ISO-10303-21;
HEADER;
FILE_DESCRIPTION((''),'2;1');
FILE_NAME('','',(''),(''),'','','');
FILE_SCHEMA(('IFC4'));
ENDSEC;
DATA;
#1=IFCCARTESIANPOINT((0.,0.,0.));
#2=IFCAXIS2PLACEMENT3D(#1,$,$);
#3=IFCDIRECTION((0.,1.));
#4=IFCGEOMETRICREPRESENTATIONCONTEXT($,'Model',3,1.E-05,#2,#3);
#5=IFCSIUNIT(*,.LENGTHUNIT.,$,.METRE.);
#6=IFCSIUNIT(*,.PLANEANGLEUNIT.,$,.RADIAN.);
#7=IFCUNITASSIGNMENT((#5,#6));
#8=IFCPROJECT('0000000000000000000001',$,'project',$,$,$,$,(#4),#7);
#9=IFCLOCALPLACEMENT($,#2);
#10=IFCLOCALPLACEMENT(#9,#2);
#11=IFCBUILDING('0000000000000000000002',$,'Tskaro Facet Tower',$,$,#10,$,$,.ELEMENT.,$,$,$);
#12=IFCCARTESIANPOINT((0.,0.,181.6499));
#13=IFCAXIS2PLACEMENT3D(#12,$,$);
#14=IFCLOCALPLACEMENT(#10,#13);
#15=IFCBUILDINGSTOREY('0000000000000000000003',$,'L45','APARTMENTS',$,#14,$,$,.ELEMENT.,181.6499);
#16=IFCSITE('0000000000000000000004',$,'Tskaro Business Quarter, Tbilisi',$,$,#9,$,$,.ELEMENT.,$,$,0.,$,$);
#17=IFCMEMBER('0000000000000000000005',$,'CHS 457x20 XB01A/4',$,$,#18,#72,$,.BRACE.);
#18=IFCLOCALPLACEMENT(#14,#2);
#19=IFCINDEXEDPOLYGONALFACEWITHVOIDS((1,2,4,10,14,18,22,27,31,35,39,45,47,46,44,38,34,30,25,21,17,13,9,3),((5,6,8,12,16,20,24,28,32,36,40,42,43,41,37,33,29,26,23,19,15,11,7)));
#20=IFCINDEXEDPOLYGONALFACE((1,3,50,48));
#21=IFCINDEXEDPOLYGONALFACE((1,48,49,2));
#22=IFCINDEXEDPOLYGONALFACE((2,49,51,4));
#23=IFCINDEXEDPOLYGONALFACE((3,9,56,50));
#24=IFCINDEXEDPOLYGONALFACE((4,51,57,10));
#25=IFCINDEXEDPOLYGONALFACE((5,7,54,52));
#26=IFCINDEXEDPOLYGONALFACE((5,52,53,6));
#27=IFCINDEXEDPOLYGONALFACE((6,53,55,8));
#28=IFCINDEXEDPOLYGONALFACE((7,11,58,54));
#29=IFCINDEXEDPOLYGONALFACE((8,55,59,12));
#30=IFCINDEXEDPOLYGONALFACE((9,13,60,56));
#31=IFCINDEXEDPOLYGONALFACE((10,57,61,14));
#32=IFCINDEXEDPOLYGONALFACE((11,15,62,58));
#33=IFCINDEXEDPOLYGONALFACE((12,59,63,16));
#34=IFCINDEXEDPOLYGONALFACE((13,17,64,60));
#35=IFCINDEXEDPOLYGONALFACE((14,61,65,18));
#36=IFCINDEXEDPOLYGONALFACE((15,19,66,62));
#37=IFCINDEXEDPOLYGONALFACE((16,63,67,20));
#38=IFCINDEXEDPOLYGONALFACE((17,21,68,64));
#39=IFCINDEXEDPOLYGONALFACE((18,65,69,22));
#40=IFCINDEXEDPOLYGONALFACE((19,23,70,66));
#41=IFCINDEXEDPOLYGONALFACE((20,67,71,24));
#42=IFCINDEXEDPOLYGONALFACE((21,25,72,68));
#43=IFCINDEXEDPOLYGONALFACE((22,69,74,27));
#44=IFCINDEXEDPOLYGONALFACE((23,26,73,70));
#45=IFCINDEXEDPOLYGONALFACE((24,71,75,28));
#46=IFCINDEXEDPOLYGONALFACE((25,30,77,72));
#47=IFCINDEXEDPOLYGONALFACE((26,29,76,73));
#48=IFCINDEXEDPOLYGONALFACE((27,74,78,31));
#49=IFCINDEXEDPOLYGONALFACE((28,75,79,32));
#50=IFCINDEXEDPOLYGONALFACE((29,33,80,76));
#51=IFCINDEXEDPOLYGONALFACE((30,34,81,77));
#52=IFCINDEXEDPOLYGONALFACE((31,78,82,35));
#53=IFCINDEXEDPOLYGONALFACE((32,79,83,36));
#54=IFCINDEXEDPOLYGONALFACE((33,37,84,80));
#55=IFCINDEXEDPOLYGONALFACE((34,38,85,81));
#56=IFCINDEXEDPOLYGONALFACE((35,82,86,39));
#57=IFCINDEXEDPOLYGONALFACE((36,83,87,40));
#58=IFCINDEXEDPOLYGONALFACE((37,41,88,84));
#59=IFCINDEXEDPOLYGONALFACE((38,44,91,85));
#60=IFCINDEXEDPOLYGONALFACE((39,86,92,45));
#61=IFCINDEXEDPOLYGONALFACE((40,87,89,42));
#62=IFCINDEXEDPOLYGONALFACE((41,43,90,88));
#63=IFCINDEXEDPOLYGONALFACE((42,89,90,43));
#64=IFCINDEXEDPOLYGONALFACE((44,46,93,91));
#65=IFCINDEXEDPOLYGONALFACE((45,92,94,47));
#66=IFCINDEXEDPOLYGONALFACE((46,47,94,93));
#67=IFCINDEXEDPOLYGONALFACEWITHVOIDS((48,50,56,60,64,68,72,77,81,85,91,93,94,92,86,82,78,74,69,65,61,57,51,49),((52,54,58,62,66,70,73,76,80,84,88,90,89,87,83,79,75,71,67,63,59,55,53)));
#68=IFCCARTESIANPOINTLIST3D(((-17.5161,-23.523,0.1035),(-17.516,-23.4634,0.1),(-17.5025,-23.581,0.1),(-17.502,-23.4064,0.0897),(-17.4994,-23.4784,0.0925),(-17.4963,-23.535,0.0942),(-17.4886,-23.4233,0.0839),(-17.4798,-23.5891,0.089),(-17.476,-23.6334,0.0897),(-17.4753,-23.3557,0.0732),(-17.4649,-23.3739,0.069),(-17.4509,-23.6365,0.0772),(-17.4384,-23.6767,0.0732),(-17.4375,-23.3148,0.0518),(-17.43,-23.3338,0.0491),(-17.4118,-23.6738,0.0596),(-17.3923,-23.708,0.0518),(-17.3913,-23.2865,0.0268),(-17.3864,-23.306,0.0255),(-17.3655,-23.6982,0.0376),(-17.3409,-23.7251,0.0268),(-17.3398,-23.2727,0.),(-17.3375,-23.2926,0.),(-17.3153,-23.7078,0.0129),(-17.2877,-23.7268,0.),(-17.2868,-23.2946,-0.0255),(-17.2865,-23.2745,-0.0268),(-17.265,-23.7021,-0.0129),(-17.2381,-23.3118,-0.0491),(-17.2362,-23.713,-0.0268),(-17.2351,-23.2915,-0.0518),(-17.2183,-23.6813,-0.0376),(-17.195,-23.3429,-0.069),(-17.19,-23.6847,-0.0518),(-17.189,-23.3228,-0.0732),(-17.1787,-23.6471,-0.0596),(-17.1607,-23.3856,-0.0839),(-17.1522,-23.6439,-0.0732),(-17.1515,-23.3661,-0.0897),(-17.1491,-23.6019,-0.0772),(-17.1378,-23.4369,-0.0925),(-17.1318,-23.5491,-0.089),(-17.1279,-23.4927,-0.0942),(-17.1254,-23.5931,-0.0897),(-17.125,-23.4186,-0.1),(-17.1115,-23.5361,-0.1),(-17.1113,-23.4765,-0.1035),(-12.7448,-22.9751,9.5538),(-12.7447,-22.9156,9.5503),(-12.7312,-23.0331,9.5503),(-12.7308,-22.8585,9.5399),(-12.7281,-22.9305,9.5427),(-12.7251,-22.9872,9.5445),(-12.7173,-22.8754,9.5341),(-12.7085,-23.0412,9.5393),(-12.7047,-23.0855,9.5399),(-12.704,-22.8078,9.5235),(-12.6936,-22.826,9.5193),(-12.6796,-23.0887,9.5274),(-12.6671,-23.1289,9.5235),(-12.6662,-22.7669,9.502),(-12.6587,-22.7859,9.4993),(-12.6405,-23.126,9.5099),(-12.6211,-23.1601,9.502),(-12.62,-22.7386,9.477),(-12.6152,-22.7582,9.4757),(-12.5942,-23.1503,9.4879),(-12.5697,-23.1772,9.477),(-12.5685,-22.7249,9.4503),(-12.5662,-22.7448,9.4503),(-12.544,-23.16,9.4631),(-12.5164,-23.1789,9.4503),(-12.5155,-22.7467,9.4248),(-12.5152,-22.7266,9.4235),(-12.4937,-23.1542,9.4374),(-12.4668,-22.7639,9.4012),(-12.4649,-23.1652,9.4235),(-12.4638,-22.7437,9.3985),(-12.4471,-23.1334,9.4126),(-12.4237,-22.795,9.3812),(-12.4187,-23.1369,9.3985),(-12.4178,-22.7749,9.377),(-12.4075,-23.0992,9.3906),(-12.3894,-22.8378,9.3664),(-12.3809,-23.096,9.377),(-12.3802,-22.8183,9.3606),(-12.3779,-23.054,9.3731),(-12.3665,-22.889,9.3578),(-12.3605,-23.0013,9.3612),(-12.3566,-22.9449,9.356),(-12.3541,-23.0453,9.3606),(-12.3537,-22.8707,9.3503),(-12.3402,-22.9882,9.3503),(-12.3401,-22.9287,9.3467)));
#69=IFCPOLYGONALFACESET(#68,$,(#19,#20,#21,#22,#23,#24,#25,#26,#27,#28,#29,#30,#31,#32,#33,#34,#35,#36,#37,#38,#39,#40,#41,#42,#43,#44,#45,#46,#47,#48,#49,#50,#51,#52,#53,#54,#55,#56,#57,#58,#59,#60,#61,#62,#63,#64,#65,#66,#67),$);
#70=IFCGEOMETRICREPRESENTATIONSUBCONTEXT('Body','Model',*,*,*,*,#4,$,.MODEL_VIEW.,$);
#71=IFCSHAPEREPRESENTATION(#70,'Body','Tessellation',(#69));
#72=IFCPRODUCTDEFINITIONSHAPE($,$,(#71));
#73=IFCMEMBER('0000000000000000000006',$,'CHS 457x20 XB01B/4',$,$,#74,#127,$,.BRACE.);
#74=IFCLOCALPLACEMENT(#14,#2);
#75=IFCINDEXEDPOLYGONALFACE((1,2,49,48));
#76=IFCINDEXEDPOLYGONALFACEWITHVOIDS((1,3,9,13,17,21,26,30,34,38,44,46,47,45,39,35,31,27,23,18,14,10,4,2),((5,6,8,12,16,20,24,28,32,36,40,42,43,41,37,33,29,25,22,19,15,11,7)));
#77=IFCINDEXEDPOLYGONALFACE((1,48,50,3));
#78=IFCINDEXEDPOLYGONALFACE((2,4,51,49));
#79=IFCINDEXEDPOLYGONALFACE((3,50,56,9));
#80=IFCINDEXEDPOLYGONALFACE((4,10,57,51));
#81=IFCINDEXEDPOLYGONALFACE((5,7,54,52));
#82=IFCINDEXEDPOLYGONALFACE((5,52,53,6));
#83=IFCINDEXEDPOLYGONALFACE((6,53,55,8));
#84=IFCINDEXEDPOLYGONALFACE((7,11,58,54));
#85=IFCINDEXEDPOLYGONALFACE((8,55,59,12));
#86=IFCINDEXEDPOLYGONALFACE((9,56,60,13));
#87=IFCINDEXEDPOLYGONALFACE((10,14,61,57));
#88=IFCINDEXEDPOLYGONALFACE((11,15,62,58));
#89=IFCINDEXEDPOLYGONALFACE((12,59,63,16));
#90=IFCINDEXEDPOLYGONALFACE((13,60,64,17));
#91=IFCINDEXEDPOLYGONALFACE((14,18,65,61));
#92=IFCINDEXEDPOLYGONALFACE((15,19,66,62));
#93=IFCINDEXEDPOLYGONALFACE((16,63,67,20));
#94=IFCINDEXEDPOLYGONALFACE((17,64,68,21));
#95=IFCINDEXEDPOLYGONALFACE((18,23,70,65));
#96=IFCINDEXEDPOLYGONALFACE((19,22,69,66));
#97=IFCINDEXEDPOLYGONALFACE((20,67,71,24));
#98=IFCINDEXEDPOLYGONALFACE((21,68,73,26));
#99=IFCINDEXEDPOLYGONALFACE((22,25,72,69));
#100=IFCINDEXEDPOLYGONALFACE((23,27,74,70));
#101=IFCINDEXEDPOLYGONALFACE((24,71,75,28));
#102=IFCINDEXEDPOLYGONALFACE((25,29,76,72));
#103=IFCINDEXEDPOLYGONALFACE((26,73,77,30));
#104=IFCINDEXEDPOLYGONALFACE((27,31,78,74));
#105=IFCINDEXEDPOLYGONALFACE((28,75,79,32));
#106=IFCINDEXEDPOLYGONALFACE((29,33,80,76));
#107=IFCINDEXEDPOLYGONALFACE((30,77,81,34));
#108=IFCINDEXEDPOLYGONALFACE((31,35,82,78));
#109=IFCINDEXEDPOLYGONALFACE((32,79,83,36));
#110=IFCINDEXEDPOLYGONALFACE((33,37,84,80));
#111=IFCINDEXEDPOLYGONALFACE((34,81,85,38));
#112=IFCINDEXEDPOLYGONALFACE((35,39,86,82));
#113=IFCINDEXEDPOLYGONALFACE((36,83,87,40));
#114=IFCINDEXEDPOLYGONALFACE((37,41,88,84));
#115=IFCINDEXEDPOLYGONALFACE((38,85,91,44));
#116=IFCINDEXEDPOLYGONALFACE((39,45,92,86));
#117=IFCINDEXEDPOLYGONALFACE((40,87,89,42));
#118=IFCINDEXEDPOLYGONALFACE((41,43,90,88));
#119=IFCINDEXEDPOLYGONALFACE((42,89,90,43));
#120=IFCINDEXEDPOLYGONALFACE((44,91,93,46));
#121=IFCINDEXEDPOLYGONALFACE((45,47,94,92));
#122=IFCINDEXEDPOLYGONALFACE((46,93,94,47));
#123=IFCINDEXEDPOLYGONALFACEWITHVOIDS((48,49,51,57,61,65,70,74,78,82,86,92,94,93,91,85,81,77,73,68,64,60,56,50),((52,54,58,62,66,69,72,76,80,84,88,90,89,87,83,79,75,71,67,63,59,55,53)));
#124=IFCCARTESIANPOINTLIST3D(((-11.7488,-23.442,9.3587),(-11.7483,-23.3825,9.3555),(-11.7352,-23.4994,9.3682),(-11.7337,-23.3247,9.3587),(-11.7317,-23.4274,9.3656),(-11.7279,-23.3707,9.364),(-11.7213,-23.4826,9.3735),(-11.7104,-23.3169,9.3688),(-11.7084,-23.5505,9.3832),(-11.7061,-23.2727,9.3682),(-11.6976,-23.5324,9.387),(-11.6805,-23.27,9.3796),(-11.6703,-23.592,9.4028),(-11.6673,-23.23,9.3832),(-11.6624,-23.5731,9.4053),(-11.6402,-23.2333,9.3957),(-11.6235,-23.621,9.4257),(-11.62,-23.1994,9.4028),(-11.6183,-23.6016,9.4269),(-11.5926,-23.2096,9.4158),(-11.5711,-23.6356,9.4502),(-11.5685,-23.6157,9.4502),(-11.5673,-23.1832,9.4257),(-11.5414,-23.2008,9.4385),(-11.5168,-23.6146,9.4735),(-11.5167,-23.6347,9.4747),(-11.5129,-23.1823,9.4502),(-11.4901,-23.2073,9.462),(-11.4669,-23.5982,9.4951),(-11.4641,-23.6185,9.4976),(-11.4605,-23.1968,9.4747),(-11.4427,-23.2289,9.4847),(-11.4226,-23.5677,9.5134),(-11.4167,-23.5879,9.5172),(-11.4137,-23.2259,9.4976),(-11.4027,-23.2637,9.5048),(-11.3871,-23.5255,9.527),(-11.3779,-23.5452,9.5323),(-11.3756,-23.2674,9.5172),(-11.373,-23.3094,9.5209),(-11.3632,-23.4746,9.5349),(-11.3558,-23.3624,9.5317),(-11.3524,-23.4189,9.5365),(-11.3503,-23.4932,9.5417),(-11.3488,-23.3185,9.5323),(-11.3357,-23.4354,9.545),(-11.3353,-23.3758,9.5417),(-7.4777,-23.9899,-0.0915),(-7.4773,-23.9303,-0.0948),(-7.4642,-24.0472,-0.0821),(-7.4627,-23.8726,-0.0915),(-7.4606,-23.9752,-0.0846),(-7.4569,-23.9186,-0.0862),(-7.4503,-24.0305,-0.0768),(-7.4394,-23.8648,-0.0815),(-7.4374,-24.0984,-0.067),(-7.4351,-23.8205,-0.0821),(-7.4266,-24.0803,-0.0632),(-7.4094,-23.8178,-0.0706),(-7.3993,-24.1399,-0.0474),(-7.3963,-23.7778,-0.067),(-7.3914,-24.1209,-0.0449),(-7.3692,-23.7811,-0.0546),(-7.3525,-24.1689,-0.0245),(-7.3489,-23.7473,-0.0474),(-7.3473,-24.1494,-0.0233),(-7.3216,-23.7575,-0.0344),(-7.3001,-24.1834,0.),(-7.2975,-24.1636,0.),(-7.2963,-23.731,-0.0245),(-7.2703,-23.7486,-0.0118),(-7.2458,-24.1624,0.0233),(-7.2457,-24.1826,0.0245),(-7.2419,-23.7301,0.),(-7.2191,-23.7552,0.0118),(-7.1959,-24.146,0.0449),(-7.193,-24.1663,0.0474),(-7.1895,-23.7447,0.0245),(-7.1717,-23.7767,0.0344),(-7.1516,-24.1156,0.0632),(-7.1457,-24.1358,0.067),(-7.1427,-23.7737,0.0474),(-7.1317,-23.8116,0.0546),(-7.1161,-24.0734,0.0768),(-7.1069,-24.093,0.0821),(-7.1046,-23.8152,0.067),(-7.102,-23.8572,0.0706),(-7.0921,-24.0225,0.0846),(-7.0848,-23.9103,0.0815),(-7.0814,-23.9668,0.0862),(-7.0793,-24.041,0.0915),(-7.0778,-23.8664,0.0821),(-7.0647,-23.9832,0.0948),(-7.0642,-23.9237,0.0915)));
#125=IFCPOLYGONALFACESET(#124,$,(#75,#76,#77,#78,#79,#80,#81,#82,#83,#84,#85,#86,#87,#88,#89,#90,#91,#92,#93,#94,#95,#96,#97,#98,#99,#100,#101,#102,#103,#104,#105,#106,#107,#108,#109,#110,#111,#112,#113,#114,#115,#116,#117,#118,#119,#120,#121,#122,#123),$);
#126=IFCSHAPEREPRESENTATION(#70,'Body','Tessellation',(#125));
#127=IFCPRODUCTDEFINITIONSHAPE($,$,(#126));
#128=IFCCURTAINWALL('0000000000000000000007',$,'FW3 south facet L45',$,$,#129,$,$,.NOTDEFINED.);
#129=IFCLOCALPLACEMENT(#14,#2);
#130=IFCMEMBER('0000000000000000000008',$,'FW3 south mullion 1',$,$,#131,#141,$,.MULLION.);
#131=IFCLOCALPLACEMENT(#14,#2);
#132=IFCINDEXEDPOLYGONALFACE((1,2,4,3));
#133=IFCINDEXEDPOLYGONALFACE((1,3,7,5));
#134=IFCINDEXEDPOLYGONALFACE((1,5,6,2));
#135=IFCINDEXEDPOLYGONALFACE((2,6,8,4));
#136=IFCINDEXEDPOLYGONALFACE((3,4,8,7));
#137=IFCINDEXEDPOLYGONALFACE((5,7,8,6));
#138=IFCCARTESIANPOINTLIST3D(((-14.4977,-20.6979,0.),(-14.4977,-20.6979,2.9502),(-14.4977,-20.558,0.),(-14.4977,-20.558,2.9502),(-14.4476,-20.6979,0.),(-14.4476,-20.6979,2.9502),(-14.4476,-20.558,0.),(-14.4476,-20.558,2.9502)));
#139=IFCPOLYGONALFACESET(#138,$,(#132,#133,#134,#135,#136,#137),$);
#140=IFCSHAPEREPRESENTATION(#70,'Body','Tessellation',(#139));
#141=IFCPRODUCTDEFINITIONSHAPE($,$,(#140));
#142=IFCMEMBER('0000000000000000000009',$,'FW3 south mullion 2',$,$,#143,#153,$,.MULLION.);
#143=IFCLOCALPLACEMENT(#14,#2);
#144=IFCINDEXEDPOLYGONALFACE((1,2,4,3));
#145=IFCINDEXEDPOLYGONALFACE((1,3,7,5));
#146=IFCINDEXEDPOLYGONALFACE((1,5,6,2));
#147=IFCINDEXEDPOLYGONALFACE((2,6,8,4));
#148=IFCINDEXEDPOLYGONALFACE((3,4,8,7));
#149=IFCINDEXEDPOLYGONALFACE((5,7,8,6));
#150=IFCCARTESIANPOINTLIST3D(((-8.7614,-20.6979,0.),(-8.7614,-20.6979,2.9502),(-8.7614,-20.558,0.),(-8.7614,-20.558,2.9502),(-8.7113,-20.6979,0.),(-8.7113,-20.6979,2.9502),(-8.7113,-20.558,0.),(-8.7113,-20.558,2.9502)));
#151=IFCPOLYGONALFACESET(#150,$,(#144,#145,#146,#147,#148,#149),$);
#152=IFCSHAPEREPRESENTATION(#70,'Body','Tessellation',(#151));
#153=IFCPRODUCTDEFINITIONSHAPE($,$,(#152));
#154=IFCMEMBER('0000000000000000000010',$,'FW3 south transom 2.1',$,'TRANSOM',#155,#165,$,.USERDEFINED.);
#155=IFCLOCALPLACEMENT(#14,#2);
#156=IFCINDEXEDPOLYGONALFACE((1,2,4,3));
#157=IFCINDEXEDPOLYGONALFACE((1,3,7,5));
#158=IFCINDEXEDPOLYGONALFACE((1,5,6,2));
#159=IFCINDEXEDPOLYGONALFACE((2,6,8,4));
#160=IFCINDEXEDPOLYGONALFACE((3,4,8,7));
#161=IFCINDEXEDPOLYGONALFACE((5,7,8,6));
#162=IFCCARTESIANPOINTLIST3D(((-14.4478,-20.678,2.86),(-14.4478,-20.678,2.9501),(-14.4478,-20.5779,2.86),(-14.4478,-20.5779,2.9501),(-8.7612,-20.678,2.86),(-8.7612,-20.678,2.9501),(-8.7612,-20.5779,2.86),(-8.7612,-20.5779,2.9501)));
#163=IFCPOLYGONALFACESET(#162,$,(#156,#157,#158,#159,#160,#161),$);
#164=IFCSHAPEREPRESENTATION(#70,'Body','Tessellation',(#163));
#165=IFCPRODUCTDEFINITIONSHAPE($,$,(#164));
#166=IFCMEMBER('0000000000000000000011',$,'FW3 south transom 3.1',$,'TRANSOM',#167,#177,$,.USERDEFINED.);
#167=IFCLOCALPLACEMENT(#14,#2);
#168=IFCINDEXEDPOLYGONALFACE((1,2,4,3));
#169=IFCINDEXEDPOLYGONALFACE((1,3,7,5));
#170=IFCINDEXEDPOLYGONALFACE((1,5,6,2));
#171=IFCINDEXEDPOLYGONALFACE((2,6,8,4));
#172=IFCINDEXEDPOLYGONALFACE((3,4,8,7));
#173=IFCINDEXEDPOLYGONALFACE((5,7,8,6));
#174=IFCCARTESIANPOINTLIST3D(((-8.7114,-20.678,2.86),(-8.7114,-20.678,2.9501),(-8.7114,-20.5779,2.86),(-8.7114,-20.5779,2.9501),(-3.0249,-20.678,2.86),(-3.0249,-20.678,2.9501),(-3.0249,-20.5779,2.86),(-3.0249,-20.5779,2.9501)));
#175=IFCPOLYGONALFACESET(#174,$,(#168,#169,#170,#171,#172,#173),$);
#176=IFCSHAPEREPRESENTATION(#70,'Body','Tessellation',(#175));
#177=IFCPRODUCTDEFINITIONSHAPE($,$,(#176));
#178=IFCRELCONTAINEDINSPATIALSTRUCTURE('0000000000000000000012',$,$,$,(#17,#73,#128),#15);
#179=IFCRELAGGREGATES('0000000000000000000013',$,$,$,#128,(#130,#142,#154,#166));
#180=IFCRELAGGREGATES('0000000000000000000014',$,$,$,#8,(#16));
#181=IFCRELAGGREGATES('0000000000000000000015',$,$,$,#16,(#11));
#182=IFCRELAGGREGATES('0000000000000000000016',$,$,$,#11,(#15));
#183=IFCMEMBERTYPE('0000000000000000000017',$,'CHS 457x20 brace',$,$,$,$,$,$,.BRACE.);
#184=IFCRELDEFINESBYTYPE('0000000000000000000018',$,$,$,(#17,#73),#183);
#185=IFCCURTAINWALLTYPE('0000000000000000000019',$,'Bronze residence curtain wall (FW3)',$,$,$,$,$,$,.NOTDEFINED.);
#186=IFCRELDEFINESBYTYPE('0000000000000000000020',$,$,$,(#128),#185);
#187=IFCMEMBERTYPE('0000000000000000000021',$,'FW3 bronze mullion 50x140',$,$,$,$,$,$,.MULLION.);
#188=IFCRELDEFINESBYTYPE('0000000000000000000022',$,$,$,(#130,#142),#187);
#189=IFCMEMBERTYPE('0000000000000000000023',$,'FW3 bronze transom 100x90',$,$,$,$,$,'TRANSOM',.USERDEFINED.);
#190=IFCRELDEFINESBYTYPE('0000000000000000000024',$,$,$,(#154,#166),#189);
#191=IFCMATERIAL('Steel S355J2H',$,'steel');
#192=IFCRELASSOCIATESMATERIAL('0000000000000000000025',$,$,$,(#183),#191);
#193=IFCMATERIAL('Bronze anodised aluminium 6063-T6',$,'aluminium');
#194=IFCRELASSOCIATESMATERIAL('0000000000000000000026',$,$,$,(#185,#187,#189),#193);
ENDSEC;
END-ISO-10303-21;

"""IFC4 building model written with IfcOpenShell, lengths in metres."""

from ifc_helpers import new_model, si_unit, direction, frame, origin, origin_2d, place, context, subcontext, project, spatial, rectangle, hollow_circle, extrude, material, material_profile, profile_set, type_object, element, aggregate, save


model = new_model("IFC4")

# Units and contexts
model_context = context("Model", 3, precision=1e-05, world=origin(), true_north=direction((0.0, 1.0)))
body_context = subcontext(model_context, "Body", "Model", "MODEL_VIEW")
ifc_project = project(units=[si_unit("LENGTHUNIT", "METRE"), si_unit("PLANEANGLEUNIT", "RADIAN")], contexts=[model_context])

# Site, building, storey
site_placement = place(None, origin())
site = spatial("IfcSite", under=ifc_project, at=site_placement, Name="Tskaro Business Quarter, Tbilisi", CompositionType="ELEMENT", RefElevation=0.0)
building_placement = place(site_placement, origin())
building = spatial("IfcBuilding", under=site, at=building_placement, Name="Tskaro Facet Tower", CompositionType="ELEMENT")
storey_placement = place(building_placement, frame((0.0, 0.0, 181.6499)))
storey = spatial("IfcBuildingStorey", under=building, at=storey_placement, Name="L45", Description="APARTMENTS", CompositionType="ELEMENT", Elevation=181.6499)

# Shared definitions
ifc_material_1 = material(Name="Steel S355J2H", Category="steel")

# Members
ifc_material_profile_1 = material_profile(ifc_material_1, hollow_circle(Radius=0.2285, WallThickness=0.02, at=origin_2d()), Name="CHS 457x20")
ifc_profile_set_1 = profile_set([ifc_material_profile_1], Name="Steel S355J2H")
member_type_1 = type_object("IfcMemberType", Name="CHS 457x20 brace", PredefinedType="BRACE", material=ifc_profile_set_1)
member_1_placement = place(storey_placement, frame((-17.3137, -23.4998, 0.0), z_axis=(0.450095, 0.051682, 0.891484), x_axis=(-0.114074, 0.993472, 0.0)))
element("IfcMember", 1, at=member_1_placement, inside=storey, type_object=member_type_1, Name="CHS 457x20 XB01A/4", PredefinedType="BRACE", context=body_context, shape_type="SweptSolid", body=[
    extrude(hollow_circle(Radius=0.2285, WallThickness=0.02, at=origin_2d()), origin(), (0.0, 0.0, 1.0), 10.6006),
])
member_2_placement = place(storey_placement, frame((-7.271, -23.9568, 0.0), z_axis=(-0.411267, 0.052754, 0.909987), x_axis=(-0.12723, -0.991873, 0.0)))
element("IfcMember", 2, at=member_2_placement, inside=storey, type_object=member_type_1, Name="CHS 457x20 XB01B/4", PredefinedType="BRACE", context=body_context, shape_type="SweptSolid", body=[
    extrude(hollow_circle(Radius=0.2285, WallThickness=0.02, at=origin_2d()), origin(), (0.0, 0.0, 1.0), 10.385),
])

# Curtain wall, members
ifc_material_2 = material(Name="Bronze anodised aluminium 6063-T6", Category="aluminium")
curtain_wall_type = type_object("IfcCurtainWallType", Name="Bronze residence curtain wall (FW3)", PredefinedType="NOTDEFINED", material=ifc_material_2)
curtain_wall_placement = place(storey_placement, origin())
curtain_wall = element("IfcCurtainWall", 3, at=curtain_wall_placement, inside=storey, type_object=curtain_wall_type, Name="FW3 south facet L45", PredefinedType="NOTDEFINED")
ifc_material_profile_2 = material_profile(ifc_material_2, rectangle(XDim=0.05, YDim=0.1399, at=origin_2d()), Name="Mullion 50x140")
ifc_profile_set_2 = profile_set([ifc_material_profile_2], Name="Bronze anodised aluminium 6063-T6")
member_type_2 = type_object("IfcMemberType", Name="FW3 bronze mullion 50x140", PredefinedType="MULLION", material=ifc_profile_set_2)
member_3_placement = place(storey_placement, frame((-14.4727, -20.6279, 0.0), z_axis=(0.0, 0.0, 1.0), x_axis=(1.0, 0.0, 0.0)))
member_3 = element("IfcMember", 4, at=member_3_placement, type_object=member_type_2, Name="FW3 south mullion 1", PredefinedType="MULLION", context=body_context, shape_type="SweptSolid", body=[
    extrude(rectangle(XDim=0.05, YDim=0.1399, at=origin_2d()), origin(), (0.0, 0.0, 1.0), 2.9502),
])
member_4_placement = place(storey_placement, frame((-8.7363, -20.6279, 0.0), z_axis=(0.0, 0.0, 1.0), x_axis=(1.0, 0.0, 0.0)))
member_4 = element("IfcMember", 5, at=member_4_placement, type_object=member_type_2, Name="FW3 south mullion 2", PredefinedType="MULLION", context=body_context, shape_type="SweptSolid", body=[
    extrude(rectangle(XDim=0.05, YDim=0.1399, at=origin_2d()), origin(), (0.0, 0.0, 1.0), 2.9502),
])
ifc_material_profile_3 = material_profile(ifc_material_2, rectangle(XDim=0.1001, YDim=0.0901, at=origin_2d()), Name="Transom 100x90")
ifc_profile_set_3 = profile_set([ifc_material_profile_3], Name="Bronze anodised aluminium 6063-T6")
member_type_3 = type_object("IfcMemberType", Name="FW3 bronze transom 100x90", ElementType="TRANSOM", PredefinedType="USERDEFINED", material=ifc_profile_set_3)
member_5_placement = place(storey_placement, frame((-14.4478, -20.6279, 2.905), z_axis=(1.0, 0.0, 0.0), x_axis=(0.0, 1.0, 0.0)))
member_5 = element("IfcMember", 6, at=member_5_placement, type_object=member_type_3, Name="FW3 south transom 2.1", ObjectType="TRANSOM", PredefinedType="USERDEFINED", context=body_context, shape_type="SweptSolid", body=[
    extrude(rectangle(XDim=0.1001, YDim=0.0901, at=origin_2d()), origin(), (0.0, 0.0, 1.0), 5.6865),
])
member_6_placement = place(storey_placement, frame((-8.7114, -20.6279, 2.905), z_axis=(1.0, 0.0, 0.0), x_axis=(0.0, 1.0, 0.0)))
member_6 = element("IfcMember", 7, at=member_6_placement, type_object=member_type_3, Name="FW3 south transom 3.1", ObjectType="TRANSOM", PredefinedType="USERDEFINED", context=body_context, shape_type="SweptSolid", body=[
    extrude(rectangle(XDim=0.1001, YDim=0.0901, at=origin_2d()), origin(), (0.0, 0.0, 1.0), 5.6865),
])

aggregate(curtain_wall, [member_3, member_4, member_5, member_6])

save(model, "model.ifc")
